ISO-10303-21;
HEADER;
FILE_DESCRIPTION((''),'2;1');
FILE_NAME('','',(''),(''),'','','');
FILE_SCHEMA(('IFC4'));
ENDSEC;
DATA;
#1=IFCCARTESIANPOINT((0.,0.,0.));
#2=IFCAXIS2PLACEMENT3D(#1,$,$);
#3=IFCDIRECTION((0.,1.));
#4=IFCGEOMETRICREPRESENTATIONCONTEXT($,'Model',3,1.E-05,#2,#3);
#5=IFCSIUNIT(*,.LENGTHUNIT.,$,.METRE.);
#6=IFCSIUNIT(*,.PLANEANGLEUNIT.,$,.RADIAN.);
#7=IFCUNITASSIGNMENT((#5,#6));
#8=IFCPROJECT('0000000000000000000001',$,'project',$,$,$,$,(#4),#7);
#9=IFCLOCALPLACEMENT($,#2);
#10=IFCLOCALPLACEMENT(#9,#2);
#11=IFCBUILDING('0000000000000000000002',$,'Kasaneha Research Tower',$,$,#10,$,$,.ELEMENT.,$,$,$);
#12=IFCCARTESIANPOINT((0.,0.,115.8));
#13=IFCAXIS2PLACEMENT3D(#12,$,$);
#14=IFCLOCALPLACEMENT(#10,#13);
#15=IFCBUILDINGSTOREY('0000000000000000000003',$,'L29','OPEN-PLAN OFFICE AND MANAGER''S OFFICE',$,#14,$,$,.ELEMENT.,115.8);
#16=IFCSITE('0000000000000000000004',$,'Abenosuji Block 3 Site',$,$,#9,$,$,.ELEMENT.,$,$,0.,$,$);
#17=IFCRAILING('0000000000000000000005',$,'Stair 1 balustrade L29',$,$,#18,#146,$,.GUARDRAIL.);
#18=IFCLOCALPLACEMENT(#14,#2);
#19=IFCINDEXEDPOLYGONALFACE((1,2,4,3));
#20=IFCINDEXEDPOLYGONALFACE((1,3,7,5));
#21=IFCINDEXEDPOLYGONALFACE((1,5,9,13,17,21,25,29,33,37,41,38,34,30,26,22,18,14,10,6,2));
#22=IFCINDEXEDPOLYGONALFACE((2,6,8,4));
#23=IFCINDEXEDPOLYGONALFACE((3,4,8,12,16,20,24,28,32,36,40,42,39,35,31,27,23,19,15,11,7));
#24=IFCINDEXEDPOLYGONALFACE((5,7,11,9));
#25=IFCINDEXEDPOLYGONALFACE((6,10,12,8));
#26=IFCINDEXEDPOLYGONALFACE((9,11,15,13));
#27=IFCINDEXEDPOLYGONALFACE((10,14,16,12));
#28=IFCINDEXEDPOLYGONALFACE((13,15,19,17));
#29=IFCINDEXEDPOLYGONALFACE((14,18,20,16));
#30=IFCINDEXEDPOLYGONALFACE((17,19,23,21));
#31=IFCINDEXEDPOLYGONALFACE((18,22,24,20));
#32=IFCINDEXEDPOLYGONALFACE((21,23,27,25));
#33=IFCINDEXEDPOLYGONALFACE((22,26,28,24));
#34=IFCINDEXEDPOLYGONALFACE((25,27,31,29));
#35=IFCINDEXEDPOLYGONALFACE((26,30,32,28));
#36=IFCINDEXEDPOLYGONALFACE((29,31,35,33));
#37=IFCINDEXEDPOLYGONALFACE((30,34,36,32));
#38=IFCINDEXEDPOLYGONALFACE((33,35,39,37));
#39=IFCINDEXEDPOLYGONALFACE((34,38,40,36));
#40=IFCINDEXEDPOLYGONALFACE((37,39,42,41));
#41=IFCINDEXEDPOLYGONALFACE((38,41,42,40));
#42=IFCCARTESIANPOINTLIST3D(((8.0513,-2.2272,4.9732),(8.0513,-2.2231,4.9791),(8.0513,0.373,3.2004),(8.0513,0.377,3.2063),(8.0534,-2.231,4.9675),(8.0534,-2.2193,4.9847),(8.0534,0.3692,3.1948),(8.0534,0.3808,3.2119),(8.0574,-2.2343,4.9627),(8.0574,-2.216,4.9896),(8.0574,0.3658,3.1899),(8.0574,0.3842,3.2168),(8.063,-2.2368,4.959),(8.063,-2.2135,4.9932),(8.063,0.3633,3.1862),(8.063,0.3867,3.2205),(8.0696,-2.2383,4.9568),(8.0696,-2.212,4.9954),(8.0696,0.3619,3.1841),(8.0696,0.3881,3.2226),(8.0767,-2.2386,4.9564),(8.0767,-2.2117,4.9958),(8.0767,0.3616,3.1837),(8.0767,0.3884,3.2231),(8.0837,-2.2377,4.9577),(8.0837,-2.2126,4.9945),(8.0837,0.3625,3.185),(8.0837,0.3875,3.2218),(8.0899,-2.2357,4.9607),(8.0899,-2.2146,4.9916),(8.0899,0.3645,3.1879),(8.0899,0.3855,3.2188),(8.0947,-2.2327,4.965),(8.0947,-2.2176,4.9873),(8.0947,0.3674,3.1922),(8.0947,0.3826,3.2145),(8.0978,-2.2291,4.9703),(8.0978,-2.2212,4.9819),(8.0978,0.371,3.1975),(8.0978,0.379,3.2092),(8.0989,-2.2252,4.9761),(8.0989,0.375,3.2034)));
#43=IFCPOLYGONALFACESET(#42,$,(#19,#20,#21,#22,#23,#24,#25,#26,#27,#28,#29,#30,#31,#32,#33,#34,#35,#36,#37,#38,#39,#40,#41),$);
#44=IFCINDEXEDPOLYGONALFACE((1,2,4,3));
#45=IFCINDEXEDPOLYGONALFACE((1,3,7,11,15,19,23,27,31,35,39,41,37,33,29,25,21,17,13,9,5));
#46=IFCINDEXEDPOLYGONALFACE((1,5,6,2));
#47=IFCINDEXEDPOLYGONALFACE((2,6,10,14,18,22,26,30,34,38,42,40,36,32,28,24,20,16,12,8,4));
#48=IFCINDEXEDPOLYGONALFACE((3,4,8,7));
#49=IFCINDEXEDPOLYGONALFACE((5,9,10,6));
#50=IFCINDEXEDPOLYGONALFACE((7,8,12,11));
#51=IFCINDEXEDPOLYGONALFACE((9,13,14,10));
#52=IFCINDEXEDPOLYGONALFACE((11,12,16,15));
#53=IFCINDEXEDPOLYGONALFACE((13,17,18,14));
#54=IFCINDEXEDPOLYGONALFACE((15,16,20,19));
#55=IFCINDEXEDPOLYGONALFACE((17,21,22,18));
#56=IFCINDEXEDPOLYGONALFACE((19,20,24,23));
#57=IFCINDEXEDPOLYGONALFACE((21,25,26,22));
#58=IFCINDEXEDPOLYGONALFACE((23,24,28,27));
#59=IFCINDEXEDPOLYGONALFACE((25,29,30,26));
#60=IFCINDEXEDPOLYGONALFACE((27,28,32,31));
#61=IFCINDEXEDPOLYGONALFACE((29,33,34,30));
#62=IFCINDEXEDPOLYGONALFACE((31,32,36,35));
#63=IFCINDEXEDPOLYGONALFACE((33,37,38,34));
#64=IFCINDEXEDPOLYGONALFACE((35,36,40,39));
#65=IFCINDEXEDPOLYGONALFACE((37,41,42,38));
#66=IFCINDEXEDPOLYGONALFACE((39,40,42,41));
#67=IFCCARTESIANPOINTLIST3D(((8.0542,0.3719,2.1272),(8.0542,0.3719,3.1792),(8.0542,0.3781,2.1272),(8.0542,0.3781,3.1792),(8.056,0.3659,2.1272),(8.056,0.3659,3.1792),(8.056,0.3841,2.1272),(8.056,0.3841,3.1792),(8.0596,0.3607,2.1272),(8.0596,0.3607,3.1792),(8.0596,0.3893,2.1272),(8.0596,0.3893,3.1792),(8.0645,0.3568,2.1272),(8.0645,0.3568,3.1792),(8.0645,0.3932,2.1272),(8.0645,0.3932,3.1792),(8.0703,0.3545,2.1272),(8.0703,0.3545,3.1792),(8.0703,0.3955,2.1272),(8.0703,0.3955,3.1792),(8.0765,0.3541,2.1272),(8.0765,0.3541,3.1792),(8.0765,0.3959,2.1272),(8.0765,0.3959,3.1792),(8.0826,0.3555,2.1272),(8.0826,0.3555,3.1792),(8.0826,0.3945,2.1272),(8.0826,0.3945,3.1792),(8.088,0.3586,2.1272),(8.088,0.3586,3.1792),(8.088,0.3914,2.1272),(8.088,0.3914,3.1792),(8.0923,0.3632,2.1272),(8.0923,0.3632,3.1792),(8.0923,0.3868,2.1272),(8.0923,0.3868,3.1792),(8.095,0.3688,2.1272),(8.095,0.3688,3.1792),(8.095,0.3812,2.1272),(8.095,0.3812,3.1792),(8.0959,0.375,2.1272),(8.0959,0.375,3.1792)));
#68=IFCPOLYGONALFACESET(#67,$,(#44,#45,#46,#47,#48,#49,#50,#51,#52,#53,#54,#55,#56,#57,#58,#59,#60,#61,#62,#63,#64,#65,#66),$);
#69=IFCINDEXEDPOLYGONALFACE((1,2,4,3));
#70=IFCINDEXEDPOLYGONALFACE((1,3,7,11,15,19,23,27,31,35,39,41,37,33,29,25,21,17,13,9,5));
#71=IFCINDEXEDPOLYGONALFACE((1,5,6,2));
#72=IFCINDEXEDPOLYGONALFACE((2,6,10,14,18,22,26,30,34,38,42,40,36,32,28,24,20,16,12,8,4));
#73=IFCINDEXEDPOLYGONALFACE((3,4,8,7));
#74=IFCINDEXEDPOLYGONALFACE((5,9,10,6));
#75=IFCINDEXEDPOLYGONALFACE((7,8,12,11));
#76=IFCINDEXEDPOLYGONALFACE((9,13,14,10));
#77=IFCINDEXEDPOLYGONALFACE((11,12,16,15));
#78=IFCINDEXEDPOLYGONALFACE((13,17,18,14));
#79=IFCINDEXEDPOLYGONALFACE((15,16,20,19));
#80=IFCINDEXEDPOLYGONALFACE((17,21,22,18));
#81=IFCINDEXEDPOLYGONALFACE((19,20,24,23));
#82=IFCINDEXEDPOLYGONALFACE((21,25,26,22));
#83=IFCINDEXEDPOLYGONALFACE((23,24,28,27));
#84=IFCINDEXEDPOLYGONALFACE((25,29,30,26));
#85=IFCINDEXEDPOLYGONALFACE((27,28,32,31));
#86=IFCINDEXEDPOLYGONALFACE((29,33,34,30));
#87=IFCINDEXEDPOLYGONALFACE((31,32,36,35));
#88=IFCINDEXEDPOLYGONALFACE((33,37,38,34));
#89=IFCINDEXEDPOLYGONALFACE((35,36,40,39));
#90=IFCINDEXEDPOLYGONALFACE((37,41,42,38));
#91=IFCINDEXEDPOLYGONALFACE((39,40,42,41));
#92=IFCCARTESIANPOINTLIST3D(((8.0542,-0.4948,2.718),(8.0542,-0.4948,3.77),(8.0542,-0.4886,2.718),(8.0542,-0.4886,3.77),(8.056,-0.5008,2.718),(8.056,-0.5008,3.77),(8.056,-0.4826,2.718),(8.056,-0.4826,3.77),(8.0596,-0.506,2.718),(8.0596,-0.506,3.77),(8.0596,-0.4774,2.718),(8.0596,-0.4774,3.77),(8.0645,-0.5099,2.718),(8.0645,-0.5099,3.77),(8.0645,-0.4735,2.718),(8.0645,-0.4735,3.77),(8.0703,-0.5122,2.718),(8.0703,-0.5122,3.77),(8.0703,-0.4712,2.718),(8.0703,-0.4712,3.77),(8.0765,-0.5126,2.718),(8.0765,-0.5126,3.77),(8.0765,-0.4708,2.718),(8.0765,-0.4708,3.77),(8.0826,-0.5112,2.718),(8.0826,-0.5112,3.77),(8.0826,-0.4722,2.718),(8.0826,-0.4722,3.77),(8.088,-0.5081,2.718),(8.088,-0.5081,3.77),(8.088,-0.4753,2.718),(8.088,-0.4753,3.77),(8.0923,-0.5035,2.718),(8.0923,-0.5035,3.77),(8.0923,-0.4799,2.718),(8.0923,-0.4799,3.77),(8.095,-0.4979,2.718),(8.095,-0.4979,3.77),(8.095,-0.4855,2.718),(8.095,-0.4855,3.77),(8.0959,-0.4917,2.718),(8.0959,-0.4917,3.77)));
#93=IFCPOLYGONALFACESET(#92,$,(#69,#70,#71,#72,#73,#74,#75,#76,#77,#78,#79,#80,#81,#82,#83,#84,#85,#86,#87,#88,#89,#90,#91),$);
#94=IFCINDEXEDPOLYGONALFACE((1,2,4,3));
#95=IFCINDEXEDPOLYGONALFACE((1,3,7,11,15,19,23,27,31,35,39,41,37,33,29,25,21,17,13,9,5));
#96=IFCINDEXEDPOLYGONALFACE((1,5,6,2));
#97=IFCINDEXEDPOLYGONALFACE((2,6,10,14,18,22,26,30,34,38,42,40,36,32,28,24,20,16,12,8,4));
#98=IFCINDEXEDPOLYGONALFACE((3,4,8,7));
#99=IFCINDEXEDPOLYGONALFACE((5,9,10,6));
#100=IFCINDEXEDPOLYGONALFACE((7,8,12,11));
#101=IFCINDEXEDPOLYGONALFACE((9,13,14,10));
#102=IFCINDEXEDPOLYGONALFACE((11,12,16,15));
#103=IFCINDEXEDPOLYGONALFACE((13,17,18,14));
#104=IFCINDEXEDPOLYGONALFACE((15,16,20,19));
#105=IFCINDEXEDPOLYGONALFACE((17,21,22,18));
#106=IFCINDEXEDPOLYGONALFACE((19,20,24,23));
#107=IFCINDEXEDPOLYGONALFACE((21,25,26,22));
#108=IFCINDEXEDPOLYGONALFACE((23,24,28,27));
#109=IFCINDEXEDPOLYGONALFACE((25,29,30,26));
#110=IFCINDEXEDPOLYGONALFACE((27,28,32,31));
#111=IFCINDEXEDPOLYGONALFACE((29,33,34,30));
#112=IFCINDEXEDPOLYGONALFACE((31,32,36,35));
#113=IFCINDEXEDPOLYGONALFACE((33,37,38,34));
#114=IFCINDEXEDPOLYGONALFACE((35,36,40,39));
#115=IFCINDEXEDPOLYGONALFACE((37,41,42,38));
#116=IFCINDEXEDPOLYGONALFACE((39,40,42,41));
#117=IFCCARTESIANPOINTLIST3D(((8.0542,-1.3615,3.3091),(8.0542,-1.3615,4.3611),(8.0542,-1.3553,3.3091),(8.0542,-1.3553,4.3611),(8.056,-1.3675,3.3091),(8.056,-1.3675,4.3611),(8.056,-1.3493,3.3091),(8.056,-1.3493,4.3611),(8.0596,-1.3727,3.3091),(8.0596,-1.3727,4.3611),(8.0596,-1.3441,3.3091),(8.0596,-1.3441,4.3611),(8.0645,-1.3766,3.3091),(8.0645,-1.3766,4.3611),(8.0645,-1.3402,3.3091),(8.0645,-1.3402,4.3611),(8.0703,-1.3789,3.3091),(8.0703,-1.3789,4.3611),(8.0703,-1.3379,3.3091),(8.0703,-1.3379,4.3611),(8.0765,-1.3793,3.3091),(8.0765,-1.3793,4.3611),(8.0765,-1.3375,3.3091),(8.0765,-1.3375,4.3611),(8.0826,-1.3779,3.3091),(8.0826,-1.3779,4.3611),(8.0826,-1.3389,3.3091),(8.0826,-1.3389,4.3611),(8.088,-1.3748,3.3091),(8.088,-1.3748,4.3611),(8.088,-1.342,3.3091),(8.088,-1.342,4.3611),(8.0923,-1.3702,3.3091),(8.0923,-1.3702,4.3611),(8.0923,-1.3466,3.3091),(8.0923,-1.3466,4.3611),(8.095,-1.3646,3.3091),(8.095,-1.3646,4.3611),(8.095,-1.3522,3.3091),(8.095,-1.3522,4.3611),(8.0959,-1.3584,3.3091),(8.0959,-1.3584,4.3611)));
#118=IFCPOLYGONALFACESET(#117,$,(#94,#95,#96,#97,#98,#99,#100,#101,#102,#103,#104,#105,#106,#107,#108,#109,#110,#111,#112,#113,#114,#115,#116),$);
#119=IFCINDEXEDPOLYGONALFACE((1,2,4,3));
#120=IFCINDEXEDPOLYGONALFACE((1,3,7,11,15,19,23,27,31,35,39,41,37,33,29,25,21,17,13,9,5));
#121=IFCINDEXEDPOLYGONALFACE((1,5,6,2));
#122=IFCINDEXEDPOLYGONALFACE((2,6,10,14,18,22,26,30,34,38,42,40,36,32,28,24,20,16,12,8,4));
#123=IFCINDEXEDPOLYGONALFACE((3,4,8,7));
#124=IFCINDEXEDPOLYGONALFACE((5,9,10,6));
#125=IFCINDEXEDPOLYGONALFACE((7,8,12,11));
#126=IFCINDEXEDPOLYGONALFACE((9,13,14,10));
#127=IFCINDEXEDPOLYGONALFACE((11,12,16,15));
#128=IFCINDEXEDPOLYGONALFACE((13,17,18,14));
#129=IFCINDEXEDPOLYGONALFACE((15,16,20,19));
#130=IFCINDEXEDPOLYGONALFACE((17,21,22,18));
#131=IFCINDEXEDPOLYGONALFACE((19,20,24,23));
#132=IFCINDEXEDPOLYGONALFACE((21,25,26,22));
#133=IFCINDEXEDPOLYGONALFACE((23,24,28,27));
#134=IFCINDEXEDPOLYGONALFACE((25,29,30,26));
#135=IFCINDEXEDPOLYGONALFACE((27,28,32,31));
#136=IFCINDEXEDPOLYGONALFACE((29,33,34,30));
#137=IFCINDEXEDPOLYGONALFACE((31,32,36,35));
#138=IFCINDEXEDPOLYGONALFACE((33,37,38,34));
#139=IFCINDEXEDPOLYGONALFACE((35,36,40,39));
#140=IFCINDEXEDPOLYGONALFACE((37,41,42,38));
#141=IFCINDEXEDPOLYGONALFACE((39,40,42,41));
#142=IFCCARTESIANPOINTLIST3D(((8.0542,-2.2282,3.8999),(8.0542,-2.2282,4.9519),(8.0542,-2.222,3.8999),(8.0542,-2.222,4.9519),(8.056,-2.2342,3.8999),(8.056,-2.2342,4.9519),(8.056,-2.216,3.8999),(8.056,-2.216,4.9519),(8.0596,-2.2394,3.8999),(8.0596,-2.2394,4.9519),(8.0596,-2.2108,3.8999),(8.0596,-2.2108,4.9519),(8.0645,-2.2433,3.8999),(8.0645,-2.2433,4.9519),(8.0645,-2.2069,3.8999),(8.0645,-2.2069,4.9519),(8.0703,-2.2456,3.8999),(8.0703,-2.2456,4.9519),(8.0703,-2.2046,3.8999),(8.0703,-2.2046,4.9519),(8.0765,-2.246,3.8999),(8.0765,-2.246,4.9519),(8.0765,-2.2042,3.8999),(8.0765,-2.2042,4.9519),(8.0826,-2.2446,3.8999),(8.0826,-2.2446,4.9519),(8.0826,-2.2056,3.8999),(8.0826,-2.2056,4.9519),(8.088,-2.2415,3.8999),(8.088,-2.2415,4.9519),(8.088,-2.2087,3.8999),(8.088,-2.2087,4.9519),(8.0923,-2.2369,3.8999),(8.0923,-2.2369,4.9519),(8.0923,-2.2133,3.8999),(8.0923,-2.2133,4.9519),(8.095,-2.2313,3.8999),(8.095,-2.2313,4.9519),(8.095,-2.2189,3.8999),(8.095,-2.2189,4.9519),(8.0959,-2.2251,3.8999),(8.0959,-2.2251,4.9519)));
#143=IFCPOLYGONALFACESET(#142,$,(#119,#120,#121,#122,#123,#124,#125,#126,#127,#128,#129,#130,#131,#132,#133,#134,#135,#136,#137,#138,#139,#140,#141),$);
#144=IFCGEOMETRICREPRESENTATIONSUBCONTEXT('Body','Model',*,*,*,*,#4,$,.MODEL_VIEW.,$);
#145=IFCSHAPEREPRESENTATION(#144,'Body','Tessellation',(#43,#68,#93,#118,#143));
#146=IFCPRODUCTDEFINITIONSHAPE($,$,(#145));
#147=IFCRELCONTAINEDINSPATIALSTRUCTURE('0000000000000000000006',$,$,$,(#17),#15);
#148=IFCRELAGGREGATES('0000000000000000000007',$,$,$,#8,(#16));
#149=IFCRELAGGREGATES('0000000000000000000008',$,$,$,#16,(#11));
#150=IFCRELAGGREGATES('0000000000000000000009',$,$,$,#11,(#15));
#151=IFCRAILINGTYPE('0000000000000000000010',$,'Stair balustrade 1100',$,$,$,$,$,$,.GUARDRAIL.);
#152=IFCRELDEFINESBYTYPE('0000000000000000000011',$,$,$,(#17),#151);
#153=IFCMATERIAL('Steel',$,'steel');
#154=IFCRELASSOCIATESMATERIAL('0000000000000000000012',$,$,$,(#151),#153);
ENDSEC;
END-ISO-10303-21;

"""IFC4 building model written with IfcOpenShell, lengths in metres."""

from ifc_helpers import new_model, si_unit, direction, frame, origin, origin_2d, place, context, subcontext, project, spatial, circle, extrude, material, type_object, element, save


model = new_model("IFC4")

# Units and contexts
model_context = context("Model", 3, precision=1e-05, world=origin(), true_north=direction((0.0, 1.0)))
body_context = subcontext(model_context, "Body", "Model", "MODEL_VIEW")
ifc_project = project(units=[si_unit("LENGTHUNIT", "METRE"), si_unit("PLANEANGLEUNIT", "RADIAN")], contexts=[model_context])

# Site, building, storey
site_placement = place(None, origin())
site = spatial("IfcSite", under=ifc_project, at=site_placement, Name="Abenosuji Block 3 Site", CompositionType="ELEMENT", RefElevation=0.0)
building_placement = place(site_placement, origin())
building = spatial("IfcBuilding", under=site, at=building_placement, Name="Kasaneha Research Tower", CompositionType="ELEMENT")
storey_placement = place(building_placement, frame((0.0, 0.0, 115.8)))
storey = spatial("IfcBuildingStorey", under=building, at=storey_placement, Name="L29", Description="OPEN-PLAN OFFICE AND MANAGER'S OFFICE", CompositionType="ELEMENT", Elevation=115.8)

# Railing
ifc_material_1 = material(Name="Steel", Category="steel")
railing_type_1 = type_object("IfcRailingType", Name="Stair balustrade 1100", PredefinedType="GUARDRAIL", material=ifc_material_1)
railing_1_placement = place(storey_placement, frame((8.075, 0.375, 2.1272)))
element("IfcRailing", 1, at=railing_1_placement, inside=storey, type_object=railing_type_1, Name="Stair 1 balustrade L29", PredefinedType="GUARDRAIL", context=body_context, shape_type="SweptSolid", body=[
    extrude(circle(Radius=0.0239, at=origin_2d()), frame((0.0, 0.0, 1.0762), z_axis=(0.0, -0.82624, 0.563318), x_axis=(1.0, 0.0, 0.0)), (0.0, 0.0, 1.0), 3.147),
    extrude(circle(Radius=0.021, at=origin_2d()), origin(), (0.0, 0.0, 1.0), 1.052),
    extrude(circle(Radius=0.021, at=origin_2d()), frame((0.0, -0.8667, 0.5908)), (0.0, 0.0, 1.0), 1.052),
    extrude(circle(Radius=0.021, at=origin_2d()), frame((0.0, -1.7334, 1.1819)), (0.0, 0.0, 1.0), 1.052),
    extrude(circle(Radius=0.021, at=origin_2d()), frame((0.0, -2.6001, 1.7727)), (0.0, 0.0, 1.0), 1.052),
])

save(model, "model.ifc")
